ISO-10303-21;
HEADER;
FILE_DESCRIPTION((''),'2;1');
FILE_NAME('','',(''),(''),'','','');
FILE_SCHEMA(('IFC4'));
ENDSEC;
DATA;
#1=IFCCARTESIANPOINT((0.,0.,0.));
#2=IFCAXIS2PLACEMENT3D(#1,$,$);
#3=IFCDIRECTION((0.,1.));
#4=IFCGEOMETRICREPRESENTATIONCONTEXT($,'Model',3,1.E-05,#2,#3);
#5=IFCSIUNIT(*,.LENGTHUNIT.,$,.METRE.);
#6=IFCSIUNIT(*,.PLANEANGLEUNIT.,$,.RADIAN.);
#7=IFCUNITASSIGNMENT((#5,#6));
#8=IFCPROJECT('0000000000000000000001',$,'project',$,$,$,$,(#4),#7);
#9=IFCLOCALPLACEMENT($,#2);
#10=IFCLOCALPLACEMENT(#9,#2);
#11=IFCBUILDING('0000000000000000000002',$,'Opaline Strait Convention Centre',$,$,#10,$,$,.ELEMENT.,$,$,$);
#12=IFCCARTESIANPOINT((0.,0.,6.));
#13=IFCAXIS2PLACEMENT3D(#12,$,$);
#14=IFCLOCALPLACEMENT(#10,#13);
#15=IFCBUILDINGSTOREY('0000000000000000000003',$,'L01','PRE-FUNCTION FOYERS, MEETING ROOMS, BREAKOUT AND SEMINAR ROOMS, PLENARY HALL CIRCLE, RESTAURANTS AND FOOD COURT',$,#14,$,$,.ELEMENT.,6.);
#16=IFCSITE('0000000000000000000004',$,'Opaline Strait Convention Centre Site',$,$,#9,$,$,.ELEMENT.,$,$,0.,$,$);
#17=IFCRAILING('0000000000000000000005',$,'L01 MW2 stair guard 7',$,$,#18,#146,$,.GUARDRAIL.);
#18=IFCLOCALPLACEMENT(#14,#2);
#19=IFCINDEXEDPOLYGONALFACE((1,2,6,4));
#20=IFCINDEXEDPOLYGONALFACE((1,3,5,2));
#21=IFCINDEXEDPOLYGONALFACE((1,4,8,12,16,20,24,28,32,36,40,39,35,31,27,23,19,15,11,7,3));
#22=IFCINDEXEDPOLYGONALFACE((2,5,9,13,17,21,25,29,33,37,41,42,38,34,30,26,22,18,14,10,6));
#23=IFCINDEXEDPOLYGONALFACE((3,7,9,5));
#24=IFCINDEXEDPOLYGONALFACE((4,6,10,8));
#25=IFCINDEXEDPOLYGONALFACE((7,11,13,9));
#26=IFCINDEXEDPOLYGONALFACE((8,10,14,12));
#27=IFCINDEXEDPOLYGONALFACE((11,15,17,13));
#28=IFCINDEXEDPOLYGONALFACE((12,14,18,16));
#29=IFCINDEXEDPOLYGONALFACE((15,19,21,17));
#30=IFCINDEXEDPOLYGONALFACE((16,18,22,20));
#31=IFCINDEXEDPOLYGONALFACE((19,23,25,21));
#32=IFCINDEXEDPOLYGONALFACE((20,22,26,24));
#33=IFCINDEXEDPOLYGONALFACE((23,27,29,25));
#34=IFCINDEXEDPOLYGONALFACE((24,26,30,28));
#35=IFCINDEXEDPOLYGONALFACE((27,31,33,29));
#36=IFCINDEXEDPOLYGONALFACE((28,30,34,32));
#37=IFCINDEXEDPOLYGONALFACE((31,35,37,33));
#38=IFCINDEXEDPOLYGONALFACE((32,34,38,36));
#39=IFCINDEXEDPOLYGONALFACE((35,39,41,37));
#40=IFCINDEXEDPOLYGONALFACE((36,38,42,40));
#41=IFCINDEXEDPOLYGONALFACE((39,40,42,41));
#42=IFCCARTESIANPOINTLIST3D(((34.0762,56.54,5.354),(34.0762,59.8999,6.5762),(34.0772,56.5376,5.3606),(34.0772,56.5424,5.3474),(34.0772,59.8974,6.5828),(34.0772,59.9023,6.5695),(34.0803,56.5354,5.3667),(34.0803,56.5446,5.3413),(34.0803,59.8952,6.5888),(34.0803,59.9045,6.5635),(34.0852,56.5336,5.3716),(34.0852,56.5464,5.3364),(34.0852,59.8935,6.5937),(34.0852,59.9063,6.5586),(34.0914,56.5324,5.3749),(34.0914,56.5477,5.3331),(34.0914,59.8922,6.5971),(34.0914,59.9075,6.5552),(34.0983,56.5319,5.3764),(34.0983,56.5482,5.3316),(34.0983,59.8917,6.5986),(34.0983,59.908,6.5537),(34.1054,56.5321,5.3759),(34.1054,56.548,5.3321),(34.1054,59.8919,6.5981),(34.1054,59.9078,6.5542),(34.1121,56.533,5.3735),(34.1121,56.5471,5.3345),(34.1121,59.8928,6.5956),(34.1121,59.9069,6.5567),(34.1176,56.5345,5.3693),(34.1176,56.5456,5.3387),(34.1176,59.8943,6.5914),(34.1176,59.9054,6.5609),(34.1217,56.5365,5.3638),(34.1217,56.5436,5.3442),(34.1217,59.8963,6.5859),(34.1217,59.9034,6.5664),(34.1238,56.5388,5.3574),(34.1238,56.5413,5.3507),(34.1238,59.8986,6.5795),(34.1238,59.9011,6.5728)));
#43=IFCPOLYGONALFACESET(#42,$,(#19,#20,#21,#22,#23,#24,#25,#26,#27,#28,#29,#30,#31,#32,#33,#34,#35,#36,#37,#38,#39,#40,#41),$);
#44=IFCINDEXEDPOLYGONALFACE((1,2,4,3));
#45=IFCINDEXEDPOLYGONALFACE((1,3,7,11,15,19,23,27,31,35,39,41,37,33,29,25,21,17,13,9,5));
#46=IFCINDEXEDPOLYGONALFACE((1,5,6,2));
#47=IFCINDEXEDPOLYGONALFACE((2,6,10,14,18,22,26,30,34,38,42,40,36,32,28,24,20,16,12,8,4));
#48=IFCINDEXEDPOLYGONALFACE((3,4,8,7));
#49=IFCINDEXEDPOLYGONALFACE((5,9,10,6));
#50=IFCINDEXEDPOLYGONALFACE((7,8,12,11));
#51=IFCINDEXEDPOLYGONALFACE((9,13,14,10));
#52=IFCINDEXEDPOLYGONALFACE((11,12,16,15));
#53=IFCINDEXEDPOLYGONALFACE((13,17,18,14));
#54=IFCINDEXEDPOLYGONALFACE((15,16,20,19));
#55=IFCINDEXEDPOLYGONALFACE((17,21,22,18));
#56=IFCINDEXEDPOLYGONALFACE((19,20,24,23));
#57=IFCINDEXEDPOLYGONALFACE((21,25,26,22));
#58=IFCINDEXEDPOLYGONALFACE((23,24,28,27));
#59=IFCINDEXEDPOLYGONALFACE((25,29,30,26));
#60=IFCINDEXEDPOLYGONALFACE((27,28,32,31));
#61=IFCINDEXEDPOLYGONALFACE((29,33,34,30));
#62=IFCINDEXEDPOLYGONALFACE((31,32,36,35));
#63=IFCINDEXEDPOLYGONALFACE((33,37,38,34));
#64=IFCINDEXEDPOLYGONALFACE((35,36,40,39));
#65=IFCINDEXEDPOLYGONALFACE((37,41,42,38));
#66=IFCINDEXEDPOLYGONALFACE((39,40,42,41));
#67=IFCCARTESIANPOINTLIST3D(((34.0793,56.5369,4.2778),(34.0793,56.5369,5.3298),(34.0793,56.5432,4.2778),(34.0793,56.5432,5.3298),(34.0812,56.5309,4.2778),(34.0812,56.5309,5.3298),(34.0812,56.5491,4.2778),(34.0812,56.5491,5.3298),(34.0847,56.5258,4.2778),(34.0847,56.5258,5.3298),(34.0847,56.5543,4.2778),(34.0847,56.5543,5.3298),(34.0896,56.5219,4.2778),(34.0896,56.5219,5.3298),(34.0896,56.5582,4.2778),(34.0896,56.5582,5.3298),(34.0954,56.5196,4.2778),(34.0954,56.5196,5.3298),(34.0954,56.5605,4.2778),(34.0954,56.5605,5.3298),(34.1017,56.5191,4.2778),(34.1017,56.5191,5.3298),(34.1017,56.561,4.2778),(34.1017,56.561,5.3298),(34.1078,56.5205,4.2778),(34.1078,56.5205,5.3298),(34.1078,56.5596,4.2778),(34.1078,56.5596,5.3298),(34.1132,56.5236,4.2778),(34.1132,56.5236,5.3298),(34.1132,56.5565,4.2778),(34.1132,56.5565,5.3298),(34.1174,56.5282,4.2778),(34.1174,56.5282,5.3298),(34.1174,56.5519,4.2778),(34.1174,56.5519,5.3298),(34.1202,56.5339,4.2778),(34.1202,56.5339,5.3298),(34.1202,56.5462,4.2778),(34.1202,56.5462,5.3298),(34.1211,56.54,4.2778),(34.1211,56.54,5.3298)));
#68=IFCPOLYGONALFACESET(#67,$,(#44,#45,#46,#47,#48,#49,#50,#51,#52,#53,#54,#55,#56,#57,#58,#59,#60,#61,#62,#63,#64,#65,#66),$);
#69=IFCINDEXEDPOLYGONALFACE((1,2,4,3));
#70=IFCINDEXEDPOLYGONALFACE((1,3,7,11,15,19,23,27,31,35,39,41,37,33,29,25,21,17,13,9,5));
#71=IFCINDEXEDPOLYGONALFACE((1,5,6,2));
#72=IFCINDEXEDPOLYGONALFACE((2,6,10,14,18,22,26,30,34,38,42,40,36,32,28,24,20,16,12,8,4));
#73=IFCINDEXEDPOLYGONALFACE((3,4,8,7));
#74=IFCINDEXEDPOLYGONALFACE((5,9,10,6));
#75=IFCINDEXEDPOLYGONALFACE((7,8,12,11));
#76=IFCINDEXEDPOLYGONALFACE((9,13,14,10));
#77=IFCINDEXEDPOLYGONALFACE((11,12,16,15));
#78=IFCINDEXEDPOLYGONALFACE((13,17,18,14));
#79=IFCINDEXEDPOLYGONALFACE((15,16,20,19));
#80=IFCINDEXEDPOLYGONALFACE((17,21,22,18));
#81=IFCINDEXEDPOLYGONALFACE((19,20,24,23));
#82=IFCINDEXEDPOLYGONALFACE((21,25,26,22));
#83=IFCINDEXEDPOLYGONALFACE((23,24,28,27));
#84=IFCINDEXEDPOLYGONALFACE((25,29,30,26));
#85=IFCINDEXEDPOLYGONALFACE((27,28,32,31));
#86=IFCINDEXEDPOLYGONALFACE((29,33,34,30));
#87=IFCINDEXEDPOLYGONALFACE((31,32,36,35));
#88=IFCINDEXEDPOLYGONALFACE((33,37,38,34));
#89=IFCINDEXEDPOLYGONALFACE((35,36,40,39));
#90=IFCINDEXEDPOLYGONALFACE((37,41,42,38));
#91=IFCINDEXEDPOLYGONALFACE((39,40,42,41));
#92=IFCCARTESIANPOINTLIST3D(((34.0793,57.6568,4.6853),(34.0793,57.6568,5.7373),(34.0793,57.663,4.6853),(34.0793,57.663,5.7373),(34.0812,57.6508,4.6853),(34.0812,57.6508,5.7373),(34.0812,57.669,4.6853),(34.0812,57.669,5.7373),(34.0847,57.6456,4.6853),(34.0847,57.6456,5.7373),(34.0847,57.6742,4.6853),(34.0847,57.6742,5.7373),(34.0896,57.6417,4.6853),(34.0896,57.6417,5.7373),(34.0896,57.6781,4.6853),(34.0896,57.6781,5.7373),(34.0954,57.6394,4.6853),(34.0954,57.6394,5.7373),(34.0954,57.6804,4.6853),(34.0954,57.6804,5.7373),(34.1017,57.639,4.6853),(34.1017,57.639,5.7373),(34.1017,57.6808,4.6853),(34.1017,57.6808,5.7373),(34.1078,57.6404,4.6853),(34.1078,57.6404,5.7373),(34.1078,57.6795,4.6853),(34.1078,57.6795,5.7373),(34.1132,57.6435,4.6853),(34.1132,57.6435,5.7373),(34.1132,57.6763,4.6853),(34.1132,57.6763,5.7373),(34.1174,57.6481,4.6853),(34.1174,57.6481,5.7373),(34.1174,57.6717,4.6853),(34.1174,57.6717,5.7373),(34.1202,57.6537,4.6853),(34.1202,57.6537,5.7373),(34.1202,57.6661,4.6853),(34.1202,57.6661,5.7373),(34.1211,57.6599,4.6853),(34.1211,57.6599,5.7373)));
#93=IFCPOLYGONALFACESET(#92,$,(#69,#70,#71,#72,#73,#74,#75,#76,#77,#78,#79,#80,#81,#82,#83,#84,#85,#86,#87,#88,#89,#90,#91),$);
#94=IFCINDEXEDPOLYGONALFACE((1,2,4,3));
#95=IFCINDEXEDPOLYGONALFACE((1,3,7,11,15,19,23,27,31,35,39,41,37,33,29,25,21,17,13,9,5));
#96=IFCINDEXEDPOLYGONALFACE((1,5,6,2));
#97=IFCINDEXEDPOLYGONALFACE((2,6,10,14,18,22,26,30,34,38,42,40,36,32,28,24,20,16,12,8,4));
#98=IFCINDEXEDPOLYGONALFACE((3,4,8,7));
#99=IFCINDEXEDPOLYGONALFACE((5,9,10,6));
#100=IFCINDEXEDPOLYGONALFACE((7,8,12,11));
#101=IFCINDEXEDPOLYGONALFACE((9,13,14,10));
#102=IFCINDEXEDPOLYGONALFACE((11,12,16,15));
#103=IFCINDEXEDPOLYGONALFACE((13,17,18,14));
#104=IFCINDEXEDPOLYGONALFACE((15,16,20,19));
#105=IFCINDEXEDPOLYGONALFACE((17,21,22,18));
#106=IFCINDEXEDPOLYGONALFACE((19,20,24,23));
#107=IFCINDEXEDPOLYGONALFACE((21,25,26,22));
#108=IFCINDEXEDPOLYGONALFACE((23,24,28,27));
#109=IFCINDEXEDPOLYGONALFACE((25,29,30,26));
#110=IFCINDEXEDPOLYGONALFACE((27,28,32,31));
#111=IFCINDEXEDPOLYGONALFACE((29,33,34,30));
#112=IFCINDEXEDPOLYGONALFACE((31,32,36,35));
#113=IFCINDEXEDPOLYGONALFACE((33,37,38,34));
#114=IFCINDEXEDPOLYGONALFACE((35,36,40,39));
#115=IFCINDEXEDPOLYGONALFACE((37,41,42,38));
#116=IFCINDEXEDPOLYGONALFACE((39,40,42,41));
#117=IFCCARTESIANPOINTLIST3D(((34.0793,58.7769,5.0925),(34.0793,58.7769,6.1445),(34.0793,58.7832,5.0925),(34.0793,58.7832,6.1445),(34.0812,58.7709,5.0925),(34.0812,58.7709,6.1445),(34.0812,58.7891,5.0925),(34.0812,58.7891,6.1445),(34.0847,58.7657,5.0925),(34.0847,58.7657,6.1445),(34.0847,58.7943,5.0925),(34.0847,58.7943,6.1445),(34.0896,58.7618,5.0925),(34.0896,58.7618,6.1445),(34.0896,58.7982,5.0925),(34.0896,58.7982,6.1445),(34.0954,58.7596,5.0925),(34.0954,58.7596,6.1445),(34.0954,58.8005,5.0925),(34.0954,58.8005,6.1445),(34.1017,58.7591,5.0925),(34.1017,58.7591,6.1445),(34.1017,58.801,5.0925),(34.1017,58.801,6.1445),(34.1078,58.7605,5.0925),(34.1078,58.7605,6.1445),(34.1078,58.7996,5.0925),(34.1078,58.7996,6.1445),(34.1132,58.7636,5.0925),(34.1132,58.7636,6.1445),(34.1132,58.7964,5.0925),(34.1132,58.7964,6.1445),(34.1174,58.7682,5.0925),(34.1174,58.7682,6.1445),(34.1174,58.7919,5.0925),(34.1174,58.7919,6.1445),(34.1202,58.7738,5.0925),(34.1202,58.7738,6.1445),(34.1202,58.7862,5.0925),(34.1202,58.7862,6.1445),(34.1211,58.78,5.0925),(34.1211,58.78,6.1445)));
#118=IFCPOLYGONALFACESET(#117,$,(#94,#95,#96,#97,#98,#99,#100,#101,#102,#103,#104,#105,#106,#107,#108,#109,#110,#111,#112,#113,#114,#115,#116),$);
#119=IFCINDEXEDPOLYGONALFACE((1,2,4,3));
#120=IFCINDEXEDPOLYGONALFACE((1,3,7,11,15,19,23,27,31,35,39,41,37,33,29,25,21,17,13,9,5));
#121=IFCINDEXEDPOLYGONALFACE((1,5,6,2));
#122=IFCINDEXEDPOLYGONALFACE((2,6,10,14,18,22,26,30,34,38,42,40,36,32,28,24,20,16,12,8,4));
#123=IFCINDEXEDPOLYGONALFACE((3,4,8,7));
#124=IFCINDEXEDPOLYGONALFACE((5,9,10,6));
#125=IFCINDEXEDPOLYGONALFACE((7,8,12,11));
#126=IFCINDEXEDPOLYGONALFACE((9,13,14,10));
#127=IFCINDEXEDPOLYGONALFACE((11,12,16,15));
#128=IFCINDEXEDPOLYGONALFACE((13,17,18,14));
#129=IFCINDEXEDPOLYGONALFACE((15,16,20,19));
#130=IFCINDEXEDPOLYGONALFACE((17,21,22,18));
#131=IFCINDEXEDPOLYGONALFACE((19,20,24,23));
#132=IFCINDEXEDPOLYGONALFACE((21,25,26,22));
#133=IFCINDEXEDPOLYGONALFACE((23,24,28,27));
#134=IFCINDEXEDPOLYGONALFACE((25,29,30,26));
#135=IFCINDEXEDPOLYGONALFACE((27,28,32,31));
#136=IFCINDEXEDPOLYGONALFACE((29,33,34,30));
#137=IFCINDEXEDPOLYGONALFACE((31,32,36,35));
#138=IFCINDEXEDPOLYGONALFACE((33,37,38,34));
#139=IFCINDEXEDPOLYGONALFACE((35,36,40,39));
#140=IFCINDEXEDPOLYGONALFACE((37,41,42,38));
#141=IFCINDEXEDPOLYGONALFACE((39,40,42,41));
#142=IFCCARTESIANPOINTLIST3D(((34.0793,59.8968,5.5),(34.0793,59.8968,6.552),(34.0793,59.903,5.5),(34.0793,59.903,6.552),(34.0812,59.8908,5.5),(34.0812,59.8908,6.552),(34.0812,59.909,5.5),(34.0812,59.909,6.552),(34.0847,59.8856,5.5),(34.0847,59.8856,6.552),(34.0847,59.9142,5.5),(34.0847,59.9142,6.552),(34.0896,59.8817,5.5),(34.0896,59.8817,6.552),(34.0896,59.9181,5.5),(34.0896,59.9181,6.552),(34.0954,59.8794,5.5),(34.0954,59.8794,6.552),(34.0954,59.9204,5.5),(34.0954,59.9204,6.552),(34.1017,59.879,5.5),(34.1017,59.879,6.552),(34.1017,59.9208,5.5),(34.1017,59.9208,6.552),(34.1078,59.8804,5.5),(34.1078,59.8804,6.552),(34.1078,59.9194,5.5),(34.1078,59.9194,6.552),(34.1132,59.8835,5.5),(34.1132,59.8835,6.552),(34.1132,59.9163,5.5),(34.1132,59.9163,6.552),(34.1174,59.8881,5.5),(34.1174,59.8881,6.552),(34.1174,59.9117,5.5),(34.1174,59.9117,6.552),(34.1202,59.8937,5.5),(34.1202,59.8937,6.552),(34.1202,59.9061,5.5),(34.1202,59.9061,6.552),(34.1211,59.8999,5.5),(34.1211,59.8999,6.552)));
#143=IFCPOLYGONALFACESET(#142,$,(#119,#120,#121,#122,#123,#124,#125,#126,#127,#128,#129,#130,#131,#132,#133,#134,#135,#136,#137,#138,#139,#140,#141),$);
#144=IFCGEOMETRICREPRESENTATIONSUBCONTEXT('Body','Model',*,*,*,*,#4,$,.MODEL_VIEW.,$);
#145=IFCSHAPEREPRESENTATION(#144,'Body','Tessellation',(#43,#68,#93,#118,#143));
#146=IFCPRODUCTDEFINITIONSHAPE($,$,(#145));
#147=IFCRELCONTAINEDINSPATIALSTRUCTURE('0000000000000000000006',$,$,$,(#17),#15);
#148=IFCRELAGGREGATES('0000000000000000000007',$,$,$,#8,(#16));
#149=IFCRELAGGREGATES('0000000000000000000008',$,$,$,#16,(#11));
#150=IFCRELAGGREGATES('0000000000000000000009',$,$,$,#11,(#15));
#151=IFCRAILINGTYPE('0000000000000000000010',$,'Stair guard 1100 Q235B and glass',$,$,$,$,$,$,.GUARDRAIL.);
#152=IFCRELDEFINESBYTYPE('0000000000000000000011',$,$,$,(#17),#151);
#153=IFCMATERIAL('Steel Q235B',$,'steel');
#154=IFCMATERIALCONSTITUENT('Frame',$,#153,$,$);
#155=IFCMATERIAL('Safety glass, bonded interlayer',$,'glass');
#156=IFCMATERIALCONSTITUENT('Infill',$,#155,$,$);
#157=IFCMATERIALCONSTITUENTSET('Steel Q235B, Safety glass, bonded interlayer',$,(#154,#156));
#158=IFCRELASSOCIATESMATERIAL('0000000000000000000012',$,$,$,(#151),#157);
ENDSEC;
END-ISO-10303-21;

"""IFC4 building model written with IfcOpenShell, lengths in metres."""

from ifc_helpers import new_model, si_unit, direction, frame, origin, origin_2d, place, context, subcontext, project, spatial, circle, extrude, material, constituent, constituent_set, type_object, element, save


model = new_model("IFC4")

# Units and contexts
model_context = context("Model", 3, precision=1e-05, world=origin(), true_north=direction((0.0, 1.0)))
body_context = subcontext(model_context, "Body", "Model", "MODEL_VIEW")
ifc_project = project(units=[si_unit("LENGTHUNIT", "METRE"), si_unit("PLANEANGLEUNIT", "RADIAN")], contexts=[model_context])

# Site, building, storey
site_placement = place(None, origin())
site = spatial("IfcSite", under=ifc_project, at=site_placement, Name="Opaline Strait Convention Centre Site", CompositionType="ELEMENT", RefElevation=0.0)
building_placement = place(site_placement, origin())
building = spatial("IfcBuilding", under=site, at=building_placement, Name="Opaline Strait Convention Centre", CompositionType="ELEMENT")
storey_placement = place(building_placement, frame((0.0, 0.0, 6.0)))
storey = spatial("IfcBuildingStorey", under=building, at=storey_placement, Name="L01", Description="PRE-FUNCTION FOYERS, MEETING ROOMS, BREAKOUT AND SEMINAR ROOMS, PLENARY HALL CIRCLE, RESTAURANTS AND FOOD COURT", CompositionType="ELEMENT", Elevation=6.0)

# Railing
ifc_material_1 = material(Name="Steel Q235B", Category="steel")
ifc_constituent_1 = constituent(ifc_material_1, Name="Frame")
ifc_material_2 = material(Name="Safety glass, bonded interlayer", Category="glass")
ifc_constituent_2 = constituent(ifc_material_2, Name="Infill")
ifc_constituent_set = constituent_set(constituents=[ifc_constituent_1, ifc_constituent_2], Name="Steel Q235B, Safety glass, bonded interlayer")
railing_type_1 = type_object("IfcRailingType", Name="Stair guard 1100 Q235B and glass", PredefinedType="GUARDRAIL", material=ifc_constituent_set)
railing_1_placement = place(storey_placement, frame((34.1001, 56.54, 4.2778)))
element("IfcRailing", 1, at=railing_1_placement, inside=storey, type_object=railing_type_1, Name="L01 MW2 stair guard 7", PredefinedType="GUARDRAIL", context=body_context, shape_type="SweptSolid", body=[
    extrude(circle(Radius=0.0239, at=origin_2d()), frame((0.0, 0.0, 1.0762), z_axis=(0.0, 0.939758, 0.341842), x_axis=(-1.0, 0.0, 0.0)), (0.0, 0.0, 1.0), 3.5752),
    extrude(circle(Radius=0.021, at=origin_2d()), origin(), (0.0, 0.0, 1.0), 1.052),
    extrude(circle(Radius=0.021, at=origin_2d()), frame((0.0, 1.1199, 0.4075)), (0.0, 0.0, 1.0), 1.052),
    extrude(circle(Radius=0.021, at=origin_2d()), frame((0.0, 2.24, 0.8147)), (0.0, 0.0, 1.0), 1.052),
    extrude(circle(Radius=0.021, at=origin_2d()), frame((0.0, 3.3599, 1.2222)), (0.0, 0.0, 1.0), 1.052),
])

save(model, "model.ifc")
